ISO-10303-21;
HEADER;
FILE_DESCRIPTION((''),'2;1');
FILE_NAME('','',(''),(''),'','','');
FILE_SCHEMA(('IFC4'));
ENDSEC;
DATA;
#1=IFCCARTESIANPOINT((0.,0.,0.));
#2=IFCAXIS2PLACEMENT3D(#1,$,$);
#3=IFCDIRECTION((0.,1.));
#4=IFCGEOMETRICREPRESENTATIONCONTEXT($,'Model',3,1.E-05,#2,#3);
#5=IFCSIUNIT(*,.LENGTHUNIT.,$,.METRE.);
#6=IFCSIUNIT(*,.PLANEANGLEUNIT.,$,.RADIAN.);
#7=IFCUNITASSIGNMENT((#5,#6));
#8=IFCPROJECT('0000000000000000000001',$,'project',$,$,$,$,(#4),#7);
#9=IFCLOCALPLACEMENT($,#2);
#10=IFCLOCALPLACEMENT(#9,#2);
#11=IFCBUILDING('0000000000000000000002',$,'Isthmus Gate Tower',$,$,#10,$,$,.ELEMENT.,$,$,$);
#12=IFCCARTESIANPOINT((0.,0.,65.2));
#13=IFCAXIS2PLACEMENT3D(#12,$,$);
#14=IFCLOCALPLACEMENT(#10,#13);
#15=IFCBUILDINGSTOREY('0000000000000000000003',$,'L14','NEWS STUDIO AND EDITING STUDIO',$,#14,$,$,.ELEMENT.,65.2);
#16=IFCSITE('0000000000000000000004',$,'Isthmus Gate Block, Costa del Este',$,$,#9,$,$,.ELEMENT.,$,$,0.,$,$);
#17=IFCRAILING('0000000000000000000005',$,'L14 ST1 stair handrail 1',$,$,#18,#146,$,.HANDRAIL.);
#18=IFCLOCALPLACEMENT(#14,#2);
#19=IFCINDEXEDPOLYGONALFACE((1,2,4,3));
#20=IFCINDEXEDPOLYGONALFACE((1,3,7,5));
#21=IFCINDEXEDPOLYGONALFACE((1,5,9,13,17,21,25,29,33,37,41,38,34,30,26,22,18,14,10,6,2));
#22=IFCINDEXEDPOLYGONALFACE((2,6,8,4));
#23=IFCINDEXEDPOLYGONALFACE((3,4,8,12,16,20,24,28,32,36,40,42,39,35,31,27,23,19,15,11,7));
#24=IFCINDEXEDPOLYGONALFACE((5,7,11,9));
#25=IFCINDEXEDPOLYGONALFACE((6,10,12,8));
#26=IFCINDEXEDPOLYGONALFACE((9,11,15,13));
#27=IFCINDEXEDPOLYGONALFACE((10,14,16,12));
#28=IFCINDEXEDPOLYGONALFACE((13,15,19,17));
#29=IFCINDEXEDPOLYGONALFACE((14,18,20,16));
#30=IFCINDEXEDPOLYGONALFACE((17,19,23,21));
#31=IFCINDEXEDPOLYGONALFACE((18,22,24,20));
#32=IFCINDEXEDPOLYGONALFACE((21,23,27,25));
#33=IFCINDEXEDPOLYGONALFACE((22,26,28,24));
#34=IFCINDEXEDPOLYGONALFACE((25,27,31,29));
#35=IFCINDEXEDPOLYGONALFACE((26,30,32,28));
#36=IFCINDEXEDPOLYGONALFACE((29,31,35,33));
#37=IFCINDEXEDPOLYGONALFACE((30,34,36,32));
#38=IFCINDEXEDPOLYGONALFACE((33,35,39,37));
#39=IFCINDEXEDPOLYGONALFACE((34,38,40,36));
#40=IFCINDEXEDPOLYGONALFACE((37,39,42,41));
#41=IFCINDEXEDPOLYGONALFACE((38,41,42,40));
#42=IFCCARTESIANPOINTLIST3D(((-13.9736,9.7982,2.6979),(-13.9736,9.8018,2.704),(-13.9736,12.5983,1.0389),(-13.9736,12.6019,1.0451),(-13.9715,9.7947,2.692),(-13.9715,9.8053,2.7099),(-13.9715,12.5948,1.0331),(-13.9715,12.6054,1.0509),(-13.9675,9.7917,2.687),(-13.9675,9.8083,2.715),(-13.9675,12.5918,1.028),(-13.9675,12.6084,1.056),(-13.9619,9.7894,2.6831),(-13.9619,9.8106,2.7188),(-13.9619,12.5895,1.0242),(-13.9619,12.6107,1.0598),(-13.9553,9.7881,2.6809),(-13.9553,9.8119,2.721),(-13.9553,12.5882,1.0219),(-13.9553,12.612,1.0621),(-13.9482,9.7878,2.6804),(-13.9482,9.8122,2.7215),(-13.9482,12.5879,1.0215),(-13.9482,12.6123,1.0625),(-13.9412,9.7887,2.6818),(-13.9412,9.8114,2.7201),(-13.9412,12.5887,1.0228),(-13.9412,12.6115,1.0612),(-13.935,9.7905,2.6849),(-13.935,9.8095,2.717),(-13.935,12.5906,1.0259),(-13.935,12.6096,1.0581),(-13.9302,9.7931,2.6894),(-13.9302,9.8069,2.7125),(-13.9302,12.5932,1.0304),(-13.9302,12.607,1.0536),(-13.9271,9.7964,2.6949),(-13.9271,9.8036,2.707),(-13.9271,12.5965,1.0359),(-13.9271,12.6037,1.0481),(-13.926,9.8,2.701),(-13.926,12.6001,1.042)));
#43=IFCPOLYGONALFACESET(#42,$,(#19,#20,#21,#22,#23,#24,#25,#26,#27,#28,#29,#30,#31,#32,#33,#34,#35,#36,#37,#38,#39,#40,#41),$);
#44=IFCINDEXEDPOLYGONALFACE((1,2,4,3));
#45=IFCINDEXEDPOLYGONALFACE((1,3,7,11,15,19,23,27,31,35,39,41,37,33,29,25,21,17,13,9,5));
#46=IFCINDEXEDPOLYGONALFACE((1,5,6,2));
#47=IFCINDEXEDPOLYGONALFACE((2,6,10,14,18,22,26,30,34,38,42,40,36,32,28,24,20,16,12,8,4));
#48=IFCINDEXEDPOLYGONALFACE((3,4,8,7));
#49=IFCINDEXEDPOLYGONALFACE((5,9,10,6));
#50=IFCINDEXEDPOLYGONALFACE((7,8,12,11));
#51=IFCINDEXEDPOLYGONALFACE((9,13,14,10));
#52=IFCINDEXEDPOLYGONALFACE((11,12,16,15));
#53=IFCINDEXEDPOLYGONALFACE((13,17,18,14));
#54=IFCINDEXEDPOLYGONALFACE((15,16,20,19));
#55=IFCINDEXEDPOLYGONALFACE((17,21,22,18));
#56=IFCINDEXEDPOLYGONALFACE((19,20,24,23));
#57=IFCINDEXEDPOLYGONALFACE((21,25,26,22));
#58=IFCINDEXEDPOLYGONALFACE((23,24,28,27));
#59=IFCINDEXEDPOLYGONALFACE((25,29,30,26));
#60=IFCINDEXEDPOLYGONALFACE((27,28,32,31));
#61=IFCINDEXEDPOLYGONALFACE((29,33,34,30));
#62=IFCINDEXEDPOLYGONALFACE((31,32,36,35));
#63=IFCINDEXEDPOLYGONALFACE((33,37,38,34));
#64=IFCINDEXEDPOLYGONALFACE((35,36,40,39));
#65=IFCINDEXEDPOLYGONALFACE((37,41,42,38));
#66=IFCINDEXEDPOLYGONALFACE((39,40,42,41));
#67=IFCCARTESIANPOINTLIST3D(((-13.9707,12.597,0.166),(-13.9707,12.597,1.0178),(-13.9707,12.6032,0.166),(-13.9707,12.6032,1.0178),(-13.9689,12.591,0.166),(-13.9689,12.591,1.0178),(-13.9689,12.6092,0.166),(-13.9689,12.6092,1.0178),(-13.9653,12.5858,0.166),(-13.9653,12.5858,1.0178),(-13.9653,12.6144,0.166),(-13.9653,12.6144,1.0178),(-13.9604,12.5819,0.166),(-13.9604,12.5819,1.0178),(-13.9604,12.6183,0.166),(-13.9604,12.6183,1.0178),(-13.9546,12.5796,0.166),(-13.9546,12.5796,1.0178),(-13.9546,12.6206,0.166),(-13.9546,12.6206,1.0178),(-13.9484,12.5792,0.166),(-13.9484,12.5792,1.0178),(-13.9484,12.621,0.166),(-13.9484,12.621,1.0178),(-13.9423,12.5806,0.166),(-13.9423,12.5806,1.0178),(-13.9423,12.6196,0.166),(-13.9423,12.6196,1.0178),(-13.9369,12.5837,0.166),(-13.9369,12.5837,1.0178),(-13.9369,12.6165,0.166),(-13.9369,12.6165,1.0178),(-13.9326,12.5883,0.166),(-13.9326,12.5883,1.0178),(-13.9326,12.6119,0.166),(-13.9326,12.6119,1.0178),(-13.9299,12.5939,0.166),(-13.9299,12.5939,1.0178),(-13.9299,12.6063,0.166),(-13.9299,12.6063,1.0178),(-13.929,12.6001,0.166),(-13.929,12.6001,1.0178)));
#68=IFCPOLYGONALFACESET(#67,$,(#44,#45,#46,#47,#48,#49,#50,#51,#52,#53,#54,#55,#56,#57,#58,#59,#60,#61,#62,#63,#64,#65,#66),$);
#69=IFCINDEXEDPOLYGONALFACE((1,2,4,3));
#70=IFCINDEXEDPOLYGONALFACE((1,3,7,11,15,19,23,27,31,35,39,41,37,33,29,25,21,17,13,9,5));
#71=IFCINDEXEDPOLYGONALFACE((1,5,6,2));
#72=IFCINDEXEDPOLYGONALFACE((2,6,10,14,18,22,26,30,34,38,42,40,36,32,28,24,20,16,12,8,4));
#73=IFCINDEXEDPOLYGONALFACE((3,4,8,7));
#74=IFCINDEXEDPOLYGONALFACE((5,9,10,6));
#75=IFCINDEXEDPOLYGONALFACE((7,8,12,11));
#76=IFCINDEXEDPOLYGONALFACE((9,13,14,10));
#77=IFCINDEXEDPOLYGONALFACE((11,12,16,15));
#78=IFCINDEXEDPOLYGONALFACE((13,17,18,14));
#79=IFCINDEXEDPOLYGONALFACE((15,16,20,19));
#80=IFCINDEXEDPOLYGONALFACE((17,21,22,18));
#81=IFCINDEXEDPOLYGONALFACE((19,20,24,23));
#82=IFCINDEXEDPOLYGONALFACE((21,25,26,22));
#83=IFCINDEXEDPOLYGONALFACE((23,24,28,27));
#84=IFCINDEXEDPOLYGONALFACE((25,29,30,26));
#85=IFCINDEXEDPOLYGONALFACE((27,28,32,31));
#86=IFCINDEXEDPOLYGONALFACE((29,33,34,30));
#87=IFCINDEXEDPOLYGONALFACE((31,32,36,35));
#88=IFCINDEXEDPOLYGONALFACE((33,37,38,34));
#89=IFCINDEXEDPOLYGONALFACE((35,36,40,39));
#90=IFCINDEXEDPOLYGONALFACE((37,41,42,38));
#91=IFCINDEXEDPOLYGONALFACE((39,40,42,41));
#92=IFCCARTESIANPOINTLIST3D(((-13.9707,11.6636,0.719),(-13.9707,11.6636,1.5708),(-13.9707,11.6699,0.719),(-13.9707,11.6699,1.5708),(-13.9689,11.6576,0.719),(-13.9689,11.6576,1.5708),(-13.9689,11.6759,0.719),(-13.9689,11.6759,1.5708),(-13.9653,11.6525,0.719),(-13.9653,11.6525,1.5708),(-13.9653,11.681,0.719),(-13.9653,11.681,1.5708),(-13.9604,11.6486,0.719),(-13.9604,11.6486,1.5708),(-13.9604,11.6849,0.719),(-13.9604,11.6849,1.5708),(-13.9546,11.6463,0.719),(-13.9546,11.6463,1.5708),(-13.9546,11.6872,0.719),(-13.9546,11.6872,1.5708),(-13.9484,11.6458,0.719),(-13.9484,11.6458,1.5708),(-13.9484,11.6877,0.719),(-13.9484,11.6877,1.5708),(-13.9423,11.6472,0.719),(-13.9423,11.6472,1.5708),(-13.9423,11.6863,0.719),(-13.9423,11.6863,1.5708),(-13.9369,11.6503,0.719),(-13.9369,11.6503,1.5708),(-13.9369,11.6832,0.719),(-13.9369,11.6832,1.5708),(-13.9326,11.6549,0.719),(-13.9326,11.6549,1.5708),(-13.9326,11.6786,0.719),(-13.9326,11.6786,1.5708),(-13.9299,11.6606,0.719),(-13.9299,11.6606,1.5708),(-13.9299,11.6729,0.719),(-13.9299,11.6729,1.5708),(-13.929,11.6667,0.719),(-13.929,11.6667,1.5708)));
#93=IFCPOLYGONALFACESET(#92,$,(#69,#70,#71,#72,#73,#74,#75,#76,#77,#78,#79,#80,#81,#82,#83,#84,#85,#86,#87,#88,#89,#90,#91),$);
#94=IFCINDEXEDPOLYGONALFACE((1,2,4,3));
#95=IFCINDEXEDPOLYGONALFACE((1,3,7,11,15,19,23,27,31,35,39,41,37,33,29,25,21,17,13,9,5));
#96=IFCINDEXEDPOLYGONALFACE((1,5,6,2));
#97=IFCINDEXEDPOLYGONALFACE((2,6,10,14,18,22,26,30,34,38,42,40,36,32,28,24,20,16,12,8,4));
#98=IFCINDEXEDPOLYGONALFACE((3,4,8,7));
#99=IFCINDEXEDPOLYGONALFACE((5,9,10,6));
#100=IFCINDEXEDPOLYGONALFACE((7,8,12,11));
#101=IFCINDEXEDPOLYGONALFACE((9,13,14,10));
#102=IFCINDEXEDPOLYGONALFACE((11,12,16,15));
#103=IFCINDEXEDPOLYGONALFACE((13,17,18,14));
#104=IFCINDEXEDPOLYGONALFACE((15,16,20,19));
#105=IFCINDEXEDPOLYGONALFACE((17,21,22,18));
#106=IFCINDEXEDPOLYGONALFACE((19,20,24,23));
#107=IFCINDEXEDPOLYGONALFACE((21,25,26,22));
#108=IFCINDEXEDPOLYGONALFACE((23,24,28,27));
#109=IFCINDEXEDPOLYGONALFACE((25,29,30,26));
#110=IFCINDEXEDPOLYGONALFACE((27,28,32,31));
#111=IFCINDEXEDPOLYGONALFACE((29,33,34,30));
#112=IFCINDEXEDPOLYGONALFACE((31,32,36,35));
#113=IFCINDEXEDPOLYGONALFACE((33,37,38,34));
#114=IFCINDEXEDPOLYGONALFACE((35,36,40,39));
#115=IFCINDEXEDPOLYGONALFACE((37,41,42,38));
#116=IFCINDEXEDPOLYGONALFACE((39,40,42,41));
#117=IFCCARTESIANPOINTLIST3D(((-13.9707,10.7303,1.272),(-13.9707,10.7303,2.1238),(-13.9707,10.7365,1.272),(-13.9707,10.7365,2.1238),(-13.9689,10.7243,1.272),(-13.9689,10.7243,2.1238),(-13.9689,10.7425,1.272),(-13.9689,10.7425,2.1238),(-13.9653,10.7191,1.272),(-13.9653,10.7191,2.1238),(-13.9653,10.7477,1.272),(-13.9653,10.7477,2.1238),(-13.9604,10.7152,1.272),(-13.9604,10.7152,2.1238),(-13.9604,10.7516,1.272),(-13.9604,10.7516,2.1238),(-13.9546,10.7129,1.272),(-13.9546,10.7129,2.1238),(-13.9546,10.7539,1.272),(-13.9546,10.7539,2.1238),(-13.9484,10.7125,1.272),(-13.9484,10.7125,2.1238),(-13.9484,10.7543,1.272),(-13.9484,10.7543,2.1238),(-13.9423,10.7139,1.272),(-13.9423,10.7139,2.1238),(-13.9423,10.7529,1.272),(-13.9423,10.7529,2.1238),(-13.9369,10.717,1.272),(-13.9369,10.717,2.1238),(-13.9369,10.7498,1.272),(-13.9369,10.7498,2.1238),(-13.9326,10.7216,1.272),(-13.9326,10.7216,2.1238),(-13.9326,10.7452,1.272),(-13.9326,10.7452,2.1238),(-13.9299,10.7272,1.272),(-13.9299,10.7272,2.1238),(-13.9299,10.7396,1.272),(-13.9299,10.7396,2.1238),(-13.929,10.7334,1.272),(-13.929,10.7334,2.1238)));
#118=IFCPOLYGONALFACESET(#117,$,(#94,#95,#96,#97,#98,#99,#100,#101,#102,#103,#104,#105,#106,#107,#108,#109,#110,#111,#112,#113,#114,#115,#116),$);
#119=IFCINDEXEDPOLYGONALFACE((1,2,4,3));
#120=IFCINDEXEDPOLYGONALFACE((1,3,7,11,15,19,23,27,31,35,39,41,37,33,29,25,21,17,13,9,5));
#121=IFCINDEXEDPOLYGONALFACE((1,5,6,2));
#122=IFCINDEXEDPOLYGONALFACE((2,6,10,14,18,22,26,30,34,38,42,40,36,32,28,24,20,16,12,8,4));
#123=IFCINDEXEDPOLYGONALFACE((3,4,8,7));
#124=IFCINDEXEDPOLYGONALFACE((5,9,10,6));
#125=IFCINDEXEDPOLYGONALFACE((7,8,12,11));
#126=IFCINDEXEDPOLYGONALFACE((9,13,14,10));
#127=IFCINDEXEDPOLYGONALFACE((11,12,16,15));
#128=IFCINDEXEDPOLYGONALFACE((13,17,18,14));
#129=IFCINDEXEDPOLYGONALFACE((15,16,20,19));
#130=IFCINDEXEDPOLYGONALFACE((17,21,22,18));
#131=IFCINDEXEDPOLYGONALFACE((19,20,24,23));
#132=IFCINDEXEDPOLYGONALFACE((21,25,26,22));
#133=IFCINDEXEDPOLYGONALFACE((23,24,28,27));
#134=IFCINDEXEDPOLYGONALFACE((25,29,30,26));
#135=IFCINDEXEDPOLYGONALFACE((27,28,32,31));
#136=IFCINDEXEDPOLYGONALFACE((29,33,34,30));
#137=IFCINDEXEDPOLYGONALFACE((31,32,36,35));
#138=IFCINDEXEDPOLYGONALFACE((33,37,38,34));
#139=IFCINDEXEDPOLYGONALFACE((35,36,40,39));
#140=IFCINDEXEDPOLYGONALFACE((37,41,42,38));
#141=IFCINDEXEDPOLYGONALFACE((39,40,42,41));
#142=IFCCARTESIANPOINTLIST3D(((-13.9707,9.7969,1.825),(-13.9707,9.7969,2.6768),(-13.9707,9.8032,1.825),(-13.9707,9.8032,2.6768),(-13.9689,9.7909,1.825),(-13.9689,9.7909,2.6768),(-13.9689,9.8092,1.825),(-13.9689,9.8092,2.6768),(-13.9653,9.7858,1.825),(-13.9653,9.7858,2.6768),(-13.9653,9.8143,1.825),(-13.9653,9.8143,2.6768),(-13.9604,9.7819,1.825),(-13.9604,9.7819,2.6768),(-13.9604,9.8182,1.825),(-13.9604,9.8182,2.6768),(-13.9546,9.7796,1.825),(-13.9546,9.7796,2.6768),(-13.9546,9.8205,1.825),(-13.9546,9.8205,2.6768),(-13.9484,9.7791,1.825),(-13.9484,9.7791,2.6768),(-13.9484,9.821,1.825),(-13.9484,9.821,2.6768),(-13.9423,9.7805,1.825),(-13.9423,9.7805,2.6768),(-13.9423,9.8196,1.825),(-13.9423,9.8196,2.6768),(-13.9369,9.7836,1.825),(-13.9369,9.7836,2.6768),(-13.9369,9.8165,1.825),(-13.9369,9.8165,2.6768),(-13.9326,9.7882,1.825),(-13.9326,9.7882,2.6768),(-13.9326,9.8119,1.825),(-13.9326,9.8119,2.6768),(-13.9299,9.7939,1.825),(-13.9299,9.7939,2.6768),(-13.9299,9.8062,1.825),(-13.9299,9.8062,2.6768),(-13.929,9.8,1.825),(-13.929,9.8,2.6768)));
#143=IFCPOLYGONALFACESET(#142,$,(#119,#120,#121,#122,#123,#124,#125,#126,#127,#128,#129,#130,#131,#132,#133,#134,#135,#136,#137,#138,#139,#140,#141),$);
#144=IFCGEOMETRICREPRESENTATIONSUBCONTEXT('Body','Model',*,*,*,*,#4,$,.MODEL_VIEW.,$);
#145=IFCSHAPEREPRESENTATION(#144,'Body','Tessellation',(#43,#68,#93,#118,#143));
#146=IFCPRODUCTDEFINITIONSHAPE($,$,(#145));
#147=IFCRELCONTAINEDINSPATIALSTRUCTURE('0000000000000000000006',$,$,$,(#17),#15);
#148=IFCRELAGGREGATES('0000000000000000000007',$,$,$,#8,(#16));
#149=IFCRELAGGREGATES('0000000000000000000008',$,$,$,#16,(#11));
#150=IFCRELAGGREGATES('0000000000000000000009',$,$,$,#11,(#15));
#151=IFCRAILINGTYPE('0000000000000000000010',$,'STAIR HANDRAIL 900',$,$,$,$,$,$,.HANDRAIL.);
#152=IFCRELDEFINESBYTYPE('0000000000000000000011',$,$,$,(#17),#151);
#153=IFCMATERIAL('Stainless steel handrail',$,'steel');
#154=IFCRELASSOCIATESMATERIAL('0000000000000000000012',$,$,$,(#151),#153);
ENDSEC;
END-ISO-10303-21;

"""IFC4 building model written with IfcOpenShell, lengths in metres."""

from ifc_helpers import new_model, si_unit, direction, frame, origin, origin_2d, place, context, subcontext, project, spatial, circle, extrude, material, type_object, element, save


model = new_model("IFC4")

# Units and contexts
model_context = context("Model", 3, precision=1e-05, world=origin(), true_north=direction((0.0, 1.0)))
body_context = subcontext(model_context, "Body", "Model", "MODEL_VIEW")
ifc_project = project(units=[si_unit("LENGTHUNIT", "METRE"), si_unit("PLANEANGLEUNIT", "RADIAN")], contexts=[model_context])

# Site, building, storey
site_placement = place(None, origin())
site = spatial("IfcSite", under=ifc_project, at=site_placement, Name="Isthmus Gate Block, Costa del Este", CompositionType="ELEMENT", RefElevation=0.0)
building_placement = place(site_placement, origin())
building = spatial("IfcBuilding", under=site, at=building_placement, Name="Isthmus Gate Tower", CompositionType="ELEMENT")
storey_placement = place(building_placement, frame((0.0, 0.0, 65.2)))
storey = spatial("IfcBuildingStorey", under=building, at=storey_placement, Name="L14", Description="NEWS STUDIO AND EDITING STUDIO", CompositionType="ELEMENT", Elevation=65.2)

# Railing
ifc_material_1 = material(Name="Stainless steel handrail", Category="steel")
railing_type_1 = type_object("IfcRailingType", Name="STAIR HANDRAIL 900", PredefinedType="HANDRAIL", material=ifc_material_1)
railing_1_placement = place(storey_placement, frame((-13.95, 12.6001, 0.166)))
element("IfcRailing", 1, at=railing_1_placement, inside=storey, type_object=railing_type_1, Name="L14 ST1 stair handrail 1", PredefinedType="HANDRAIL", context=body_context, shape_type="SweptSolid", body=[
    extrude(circle(Radius=0.0239, at=origin_2d()), frame((0.0, 0.0, 0.876), z_axis=(0.0, -0.860339, 0.509722), x_axis=(1.0, 0.0, 0.0)), (0.0, 0.0, 1.0), 3.2546),
    extrude(circle(Radius=0.021, at=origin_2d()), origin(), (0.0, 0.0, 1.0), 0.8518),
    extrude(circle(Radius=0.021, at=origin_2d()), frame((0.0, -0.9333, 0.553)), (0.0, 0.0, 1.0), 0.8518),
    extrude(circle(Radius=0.021, at=origin_2d()), frame((0.0, -1.8667, 1.106)), (0.0, 0.0, 1.0), 0.8518),
    extrude(circle(Radius=0.021, at=origin_2d()), frame((0.0, -2.8, 1.6589)), (0.0, 0.0, 1.0), 0.8518),
])

save(model, "model.ifc")
